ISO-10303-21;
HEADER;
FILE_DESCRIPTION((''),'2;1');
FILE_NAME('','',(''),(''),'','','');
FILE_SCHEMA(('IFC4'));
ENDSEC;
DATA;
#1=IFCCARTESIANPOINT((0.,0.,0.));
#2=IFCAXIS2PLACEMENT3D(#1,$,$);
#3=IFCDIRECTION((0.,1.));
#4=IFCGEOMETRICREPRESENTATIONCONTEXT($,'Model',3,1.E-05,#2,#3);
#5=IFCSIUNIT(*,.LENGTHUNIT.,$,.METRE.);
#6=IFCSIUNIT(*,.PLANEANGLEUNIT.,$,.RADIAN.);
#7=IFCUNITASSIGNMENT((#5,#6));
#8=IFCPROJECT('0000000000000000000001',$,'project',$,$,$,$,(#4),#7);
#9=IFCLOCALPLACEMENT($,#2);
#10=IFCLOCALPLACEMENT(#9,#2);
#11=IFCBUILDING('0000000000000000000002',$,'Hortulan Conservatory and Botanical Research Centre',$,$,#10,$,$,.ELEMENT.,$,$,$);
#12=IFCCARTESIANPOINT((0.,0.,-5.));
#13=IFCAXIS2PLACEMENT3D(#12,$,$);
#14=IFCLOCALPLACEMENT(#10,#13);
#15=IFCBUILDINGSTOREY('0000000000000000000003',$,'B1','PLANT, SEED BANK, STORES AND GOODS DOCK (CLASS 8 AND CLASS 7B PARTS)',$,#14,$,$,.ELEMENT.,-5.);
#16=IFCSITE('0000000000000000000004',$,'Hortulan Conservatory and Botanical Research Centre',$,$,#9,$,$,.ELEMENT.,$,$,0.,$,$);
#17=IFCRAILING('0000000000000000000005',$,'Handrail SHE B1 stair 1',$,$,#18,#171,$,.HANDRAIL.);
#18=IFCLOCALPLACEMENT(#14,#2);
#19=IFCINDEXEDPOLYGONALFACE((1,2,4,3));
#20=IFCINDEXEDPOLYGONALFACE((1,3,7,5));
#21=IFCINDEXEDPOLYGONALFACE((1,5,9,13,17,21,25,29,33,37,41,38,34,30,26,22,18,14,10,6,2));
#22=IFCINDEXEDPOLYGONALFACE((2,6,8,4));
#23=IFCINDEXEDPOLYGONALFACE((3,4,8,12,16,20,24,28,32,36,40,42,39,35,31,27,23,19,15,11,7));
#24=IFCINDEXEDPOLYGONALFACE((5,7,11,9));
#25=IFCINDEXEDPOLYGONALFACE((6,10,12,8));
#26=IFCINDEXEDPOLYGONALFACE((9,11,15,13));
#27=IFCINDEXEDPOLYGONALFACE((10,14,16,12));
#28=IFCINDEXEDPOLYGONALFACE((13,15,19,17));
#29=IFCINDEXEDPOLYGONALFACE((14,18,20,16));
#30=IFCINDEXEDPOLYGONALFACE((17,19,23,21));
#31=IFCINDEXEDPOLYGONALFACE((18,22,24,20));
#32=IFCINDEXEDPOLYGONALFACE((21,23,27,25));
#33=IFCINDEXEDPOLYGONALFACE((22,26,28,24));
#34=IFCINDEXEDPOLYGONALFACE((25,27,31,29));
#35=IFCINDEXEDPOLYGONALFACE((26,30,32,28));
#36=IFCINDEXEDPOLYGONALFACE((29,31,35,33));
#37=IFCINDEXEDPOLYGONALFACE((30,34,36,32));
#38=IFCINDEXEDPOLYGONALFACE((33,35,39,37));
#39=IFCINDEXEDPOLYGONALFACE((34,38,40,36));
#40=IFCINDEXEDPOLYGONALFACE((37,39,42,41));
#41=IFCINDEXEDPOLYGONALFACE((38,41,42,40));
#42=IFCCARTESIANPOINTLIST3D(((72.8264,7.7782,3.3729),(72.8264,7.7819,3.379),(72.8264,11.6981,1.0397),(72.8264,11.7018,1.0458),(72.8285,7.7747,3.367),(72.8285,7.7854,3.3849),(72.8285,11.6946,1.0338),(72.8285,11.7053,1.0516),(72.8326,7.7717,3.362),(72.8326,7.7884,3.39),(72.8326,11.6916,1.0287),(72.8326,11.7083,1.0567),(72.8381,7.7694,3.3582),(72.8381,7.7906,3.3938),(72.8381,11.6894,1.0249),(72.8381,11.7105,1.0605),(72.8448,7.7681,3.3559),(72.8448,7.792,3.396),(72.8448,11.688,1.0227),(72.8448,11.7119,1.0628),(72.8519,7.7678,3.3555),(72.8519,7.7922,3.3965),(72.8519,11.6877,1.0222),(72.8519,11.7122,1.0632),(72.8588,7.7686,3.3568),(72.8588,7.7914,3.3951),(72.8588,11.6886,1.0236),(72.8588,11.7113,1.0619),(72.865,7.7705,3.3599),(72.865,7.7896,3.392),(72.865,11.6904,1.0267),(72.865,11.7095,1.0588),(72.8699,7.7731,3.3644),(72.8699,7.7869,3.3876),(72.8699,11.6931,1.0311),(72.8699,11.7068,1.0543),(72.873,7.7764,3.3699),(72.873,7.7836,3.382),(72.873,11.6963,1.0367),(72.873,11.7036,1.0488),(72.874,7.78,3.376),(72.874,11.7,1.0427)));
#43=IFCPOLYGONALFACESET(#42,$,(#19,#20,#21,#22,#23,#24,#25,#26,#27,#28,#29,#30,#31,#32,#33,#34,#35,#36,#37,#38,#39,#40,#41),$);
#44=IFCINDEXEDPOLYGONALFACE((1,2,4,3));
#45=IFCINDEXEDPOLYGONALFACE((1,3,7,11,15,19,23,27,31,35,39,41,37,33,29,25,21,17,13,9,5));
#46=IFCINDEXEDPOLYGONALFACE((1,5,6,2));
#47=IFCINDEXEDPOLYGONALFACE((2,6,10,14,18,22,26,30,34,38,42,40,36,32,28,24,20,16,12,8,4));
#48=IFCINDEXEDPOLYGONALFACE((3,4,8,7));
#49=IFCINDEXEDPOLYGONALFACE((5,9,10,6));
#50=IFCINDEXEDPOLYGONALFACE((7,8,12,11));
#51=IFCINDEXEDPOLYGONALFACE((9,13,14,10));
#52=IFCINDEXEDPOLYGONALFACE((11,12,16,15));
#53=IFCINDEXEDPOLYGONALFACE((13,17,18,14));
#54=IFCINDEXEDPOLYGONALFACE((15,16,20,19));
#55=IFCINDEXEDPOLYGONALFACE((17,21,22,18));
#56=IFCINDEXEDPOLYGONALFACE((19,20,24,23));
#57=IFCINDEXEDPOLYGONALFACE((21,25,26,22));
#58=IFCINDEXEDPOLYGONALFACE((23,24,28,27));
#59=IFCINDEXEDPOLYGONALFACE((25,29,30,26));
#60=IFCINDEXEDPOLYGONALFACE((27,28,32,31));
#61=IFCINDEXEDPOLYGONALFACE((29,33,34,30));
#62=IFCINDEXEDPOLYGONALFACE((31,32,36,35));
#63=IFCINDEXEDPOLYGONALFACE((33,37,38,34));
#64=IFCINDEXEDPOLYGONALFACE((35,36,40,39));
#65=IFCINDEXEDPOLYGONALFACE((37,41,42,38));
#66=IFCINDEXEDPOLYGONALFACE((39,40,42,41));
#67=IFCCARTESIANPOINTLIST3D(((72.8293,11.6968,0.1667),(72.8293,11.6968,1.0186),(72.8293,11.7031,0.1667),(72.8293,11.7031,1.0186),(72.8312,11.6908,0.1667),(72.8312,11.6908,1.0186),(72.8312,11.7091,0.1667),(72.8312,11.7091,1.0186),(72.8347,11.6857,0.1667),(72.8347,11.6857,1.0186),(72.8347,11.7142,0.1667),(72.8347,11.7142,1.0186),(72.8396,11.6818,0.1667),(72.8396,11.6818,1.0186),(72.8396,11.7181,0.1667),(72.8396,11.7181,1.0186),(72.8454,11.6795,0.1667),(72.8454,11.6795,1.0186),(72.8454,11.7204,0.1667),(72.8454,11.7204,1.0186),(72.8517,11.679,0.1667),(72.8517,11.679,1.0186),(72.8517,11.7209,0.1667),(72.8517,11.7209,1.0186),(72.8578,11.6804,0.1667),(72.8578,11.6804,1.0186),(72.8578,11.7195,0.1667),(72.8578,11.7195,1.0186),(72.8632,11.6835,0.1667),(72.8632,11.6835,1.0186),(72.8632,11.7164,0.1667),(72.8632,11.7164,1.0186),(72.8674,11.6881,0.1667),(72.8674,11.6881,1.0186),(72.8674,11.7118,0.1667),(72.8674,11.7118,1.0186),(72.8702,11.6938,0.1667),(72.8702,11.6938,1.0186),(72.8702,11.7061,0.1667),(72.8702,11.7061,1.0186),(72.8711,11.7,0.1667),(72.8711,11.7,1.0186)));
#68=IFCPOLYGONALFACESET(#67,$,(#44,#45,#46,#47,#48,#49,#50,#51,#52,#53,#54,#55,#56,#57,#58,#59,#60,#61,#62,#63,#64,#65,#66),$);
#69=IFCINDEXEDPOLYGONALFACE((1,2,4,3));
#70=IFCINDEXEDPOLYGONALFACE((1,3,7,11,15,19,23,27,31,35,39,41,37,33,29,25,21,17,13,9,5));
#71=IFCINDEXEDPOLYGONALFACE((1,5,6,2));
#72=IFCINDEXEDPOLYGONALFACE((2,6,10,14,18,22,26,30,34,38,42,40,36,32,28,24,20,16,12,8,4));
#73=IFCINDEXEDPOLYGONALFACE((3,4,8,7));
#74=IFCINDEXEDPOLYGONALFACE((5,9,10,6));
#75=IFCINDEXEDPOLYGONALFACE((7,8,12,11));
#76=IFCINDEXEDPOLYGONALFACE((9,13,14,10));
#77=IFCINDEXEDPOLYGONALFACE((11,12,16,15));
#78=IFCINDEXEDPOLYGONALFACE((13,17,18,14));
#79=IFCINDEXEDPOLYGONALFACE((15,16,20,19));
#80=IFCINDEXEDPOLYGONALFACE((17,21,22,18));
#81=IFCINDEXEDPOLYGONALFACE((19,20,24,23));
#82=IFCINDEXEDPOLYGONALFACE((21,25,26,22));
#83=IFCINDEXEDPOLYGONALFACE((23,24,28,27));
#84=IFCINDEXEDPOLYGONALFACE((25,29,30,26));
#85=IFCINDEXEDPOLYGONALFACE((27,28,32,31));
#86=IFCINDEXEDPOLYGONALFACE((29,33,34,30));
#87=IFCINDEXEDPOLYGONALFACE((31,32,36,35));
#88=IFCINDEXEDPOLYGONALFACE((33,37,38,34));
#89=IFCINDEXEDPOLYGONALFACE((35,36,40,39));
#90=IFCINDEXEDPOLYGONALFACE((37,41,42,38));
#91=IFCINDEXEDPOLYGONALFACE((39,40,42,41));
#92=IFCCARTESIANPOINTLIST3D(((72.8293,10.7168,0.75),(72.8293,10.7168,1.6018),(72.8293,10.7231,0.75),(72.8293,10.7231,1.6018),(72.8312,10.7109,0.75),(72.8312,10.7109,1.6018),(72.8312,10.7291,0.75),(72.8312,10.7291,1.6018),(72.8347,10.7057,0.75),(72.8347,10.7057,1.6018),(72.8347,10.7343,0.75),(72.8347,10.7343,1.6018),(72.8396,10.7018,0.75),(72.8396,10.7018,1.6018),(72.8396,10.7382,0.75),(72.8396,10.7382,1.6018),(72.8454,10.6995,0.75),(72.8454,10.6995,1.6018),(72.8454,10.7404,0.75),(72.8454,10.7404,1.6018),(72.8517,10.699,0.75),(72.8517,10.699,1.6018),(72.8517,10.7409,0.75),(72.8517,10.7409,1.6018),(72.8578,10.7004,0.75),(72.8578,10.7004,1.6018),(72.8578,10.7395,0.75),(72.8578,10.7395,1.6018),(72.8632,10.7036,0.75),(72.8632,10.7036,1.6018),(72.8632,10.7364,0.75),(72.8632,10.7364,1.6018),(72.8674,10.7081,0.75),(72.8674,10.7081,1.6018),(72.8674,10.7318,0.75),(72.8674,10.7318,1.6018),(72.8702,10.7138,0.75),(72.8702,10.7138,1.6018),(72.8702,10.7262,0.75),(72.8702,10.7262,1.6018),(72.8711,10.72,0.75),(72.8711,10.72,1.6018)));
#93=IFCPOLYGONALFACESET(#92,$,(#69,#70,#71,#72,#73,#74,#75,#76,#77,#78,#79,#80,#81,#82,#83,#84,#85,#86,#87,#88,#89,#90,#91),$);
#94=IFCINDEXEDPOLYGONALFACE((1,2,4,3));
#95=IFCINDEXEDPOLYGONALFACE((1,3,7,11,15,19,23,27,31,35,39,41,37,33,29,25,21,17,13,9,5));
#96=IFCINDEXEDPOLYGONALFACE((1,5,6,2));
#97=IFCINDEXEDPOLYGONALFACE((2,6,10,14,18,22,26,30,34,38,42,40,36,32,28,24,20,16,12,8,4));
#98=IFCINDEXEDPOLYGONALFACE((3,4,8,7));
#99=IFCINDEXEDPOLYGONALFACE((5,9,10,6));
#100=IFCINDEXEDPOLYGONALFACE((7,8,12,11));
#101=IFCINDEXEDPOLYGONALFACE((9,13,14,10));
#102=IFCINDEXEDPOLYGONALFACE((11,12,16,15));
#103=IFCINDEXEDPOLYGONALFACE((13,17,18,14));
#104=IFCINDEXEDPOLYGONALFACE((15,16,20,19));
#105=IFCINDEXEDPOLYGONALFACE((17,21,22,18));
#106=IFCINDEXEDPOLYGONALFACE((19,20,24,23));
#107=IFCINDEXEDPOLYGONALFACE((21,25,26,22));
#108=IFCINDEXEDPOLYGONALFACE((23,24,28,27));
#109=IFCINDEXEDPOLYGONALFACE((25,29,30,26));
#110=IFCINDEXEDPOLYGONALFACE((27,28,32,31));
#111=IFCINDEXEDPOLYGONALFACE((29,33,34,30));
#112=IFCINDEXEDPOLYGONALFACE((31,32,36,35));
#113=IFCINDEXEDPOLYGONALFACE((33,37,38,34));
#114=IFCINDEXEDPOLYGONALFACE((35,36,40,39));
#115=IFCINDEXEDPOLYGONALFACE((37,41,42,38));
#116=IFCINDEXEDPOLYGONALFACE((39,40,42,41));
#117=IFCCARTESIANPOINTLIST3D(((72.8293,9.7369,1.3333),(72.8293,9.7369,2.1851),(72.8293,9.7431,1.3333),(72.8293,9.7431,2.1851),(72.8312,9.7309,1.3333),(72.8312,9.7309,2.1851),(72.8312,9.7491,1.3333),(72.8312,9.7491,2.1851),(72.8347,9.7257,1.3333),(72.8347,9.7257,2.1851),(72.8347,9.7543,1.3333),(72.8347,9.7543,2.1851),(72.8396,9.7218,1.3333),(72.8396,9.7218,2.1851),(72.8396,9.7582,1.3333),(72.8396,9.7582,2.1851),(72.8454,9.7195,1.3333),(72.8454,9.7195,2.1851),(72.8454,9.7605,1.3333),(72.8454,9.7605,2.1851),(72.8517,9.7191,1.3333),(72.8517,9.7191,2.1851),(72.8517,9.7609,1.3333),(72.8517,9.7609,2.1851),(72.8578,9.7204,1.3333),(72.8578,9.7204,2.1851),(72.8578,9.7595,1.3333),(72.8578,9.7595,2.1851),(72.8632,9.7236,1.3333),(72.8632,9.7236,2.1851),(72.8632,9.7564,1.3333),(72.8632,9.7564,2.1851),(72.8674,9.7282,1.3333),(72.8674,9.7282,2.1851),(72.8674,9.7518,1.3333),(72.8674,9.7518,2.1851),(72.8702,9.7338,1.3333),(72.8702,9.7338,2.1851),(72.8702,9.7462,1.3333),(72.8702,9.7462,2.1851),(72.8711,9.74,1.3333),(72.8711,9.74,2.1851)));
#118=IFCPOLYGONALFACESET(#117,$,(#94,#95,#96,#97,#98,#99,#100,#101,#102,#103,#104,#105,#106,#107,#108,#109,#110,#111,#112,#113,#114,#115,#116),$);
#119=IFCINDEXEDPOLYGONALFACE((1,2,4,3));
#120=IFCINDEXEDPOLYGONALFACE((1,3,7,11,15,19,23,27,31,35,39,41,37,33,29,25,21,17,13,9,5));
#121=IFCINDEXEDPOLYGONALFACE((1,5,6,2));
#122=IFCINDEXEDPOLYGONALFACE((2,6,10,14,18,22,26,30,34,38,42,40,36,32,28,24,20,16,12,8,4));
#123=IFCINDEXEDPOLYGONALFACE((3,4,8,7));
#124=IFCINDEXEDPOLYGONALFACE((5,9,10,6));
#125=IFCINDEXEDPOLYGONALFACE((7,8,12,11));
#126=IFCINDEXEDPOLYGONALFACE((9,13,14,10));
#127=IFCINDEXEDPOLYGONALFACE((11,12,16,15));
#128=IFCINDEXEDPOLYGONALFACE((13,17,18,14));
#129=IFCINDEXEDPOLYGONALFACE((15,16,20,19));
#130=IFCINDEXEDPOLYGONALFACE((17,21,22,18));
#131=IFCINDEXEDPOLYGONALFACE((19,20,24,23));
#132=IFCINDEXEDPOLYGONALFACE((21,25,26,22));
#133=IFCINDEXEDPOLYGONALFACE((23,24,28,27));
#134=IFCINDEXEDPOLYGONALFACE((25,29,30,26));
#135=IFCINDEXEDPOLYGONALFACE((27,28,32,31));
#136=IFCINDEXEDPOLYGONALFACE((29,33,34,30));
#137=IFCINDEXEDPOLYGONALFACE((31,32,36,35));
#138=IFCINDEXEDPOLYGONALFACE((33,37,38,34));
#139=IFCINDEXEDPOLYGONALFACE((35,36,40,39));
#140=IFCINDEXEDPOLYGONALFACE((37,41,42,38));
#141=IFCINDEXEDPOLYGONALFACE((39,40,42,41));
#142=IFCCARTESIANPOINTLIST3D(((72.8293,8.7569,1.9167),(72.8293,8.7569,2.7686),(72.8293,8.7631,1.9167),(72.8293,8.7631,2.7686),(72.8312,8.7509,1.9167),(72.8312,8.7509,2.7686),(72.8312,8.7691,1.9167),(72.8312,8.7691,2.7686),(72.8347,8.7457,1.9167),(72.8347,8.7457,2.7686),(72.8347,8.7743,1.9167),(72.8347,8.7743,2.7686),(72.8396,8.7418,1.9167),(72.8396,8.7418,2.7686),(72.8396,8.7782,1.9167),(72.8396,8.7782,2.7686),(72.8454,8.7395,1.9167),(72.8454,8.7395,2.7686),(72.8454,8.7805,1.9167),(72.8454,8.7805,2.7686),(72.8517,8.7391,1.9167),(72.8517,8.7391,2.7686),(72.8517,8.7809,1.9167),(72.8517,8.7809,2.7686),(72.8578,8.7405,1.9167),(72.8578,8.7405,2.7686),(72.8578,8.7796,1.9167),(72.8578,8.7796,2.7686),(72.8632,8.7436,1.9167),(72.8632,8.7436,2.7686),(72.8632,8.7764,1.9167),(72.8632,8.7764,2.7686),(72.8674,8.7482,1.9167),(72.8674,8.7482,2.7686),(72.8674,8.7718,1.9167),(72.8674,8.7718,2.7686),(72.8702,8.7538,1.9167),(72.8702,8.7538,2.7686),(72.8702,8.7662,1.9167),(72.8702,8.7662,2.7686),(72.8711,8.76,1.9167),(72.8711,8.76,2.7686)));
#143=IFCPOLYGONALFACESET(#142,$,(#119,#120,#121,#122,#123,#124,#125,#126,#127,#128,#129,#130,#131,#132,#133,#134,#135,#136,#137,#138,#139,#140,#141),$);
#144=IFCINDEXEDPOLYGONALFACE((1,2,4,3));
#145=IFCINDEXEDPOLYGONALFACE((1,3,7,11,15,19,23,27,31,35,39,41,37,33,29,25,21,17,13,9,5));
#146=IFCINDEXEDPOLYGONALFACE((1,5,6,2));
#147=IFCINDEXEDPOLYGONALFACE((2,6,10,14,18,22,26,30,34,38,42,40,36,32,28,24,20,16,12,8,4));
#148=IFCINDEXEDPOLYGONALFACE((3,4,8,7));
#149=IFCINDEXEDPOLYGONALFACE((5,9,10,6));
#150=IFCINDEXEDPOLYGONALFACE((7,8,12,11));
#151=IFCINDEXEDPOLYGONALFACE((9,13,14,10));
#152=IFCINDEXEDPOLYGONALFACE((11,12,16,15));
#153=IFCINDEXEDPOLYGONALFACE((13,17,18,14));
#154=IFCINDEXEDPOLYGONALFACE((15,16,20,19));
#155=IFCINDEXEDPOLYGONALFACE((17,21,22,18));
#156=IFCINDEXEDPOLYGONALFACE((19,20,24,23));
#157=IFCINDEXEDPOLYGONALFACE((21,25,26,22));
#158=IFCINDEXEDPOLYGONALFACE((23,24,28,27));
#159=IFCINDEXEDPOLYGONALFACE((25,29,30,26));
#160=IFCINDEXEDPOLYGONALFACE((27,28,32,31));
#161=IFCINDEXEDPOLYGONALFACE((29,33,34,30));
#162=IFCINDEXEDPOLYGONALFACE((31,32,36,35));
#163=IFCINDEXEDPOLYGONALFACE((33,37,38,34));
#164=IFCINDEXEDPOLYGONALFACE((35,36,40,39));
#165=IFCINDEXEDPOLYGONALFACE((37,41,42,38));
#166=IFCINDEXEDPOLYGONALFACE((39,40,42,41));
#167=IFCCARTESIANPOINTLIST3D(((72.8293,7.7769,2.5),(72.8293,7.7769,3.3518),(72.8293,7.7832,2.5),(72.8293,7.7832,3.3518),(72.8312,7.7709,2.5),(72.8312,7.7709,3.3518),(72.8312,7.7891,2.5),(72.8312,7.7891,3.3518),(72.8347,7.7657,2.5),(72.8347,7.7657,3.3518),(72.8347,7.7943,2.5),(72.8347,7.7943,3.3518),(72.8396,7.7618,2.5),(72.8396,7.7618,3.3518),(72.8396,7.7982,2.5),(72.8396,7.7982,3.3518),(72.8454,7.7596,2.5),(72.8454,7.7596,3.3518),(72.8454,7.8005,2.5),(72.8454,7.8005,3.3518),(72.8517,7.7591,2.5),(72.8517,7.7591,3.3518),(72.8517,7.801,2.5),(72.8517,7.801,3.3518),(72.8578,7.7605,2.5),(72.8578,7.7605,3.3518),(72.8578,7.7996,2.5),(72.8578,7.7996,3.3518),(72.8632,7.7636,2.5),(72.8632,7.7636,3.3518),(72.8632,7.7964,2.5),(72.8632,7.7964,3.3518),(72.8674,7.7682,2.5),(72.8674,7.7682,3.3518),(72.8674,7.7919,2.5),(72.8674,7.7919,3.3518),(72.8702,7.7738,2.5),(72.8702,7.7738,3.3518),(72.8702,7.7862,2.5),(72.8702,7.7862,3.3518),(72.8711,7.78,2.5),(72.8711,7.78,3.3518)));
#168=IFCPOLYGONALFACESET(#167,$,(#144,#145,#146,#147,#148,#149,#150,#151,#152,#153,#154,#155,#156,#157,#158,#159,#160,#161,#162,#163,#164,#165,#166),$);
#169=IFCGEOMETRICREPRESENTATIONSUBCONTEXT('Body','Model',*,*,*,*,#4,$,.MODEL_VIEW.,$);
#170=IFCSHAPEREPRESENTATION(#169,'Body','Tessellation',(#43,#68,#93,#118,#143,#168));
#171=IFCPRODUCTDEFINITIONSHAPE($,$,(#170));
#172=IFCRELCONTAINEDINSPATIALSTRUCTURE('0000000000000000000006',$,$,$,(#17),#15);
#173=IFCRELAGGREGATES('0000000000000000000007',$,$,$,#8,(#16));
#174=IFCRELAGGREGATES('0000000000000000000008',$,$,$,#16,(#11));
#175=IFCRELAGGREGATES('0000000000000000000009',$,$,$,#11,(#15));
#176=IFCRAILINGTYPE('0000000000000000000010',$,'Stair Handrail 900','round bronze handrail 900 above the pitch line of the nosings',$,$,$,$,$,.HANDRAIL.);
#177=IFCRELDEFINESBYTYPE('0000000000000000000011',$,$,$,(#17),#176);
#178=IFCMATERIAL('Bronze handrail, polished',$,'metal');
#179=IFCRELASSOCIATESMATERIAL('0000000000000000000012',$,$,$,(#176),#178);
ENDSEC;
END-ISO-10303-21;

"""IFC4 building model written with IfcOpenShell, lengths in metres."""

from ifc_helpers import new_model, si_unit, direction, frame, origin, origin_2d, place, context, subcontext, project, spatial, circle, extrude, material, type_object, element, save


model = new_model("IFC4")

# Units and contexts
model_context = context("Model", 3, precision=1e-05, world=origin(), true_north=direction((0.0, 1.0)))
body_context = subcontext(model_context, "Body", "Model", "MODEL_VIEW")
ifc_project = project(units=[si_unit("LENGTHUNIT", "METRE"), si_unit("PLANEANGLEUNIT", "RADIAN")], contexts=[model_context])

# Site, building, storey
site_placement = place(None, origin())
site = spatial("IfcSite", under=ifc_project, at=site_placement, Name="Hortulan Conservatory and Botanical Research Centre", CompositionType="ELEMENT", RefElevation=0.0)
building_placement = place(site_placement, origin())
building = spatial("IfcBuilding", under=site, at=building_placement, Name="Hortulan Conservatory and Botanical Research Centre", CompositionType="ELEMENT")
storey_placement = place(building_placement, frame((0.0, 0.0, -5.0)))
storey = spatial("IfcBuildingStorey", under=building, at=storey_placement, Name="B1", Description="PLANT, SEED BANK, STORES AND GOODS DOCK (CLASS 8 AND CLASS 7B PARTS)", CompositionType="ELEMENT", Elevation=-5.0)

# Railing
ifc_material_1 = material(Name="Bronze handrail, polished", Category="metal")
railing_type_1 = type_object("IfcRailingType", Name="Stair Handrail 900", Description="round bronze handrail 900 above the pitch line of the nosings", PredefinedType="HANDRAIL", material=ifc_material_1)
for number, where, name in (
    (1, (72.8501, 11.7, 0.1667), "Handrail SHE B1 stair 1"),
):
    element("IfcRailing", number, at=place(storey_placement, frame(where)), inside=storey, type_object=railing_type_1, Name=name, PredefinedType="HANDRAIL", context=body_context, shape_type="SweptSolid", body=[
        extrude(circle(Radius=0.0239, at=origin_2d()), frame((0.0, 0.0, 0.876), z_axis=(0.0, -0.859296, 0.511478), x_axis=(1.0, 0.0, 0.0)), (0.0, 0.0, 1.0), 4.5618),
        extrude(circle(Radius=0.021, at=origin_2d()), origin(), (0.0, 0.0, 1.0), 0.8518),
        extrude(circle(Radius=0.021, at=origin_2d()), frame((0.0, -0.98, 0.5833)), (0.0, 0.0, 1.0), 0.8518),
        extrude(circle(Radius=0.021, at=origin_2d()), frame((0.0, -1.96, 1.1665)), (0.0, 0.0, 1.0), 0.8518),
        extrude(circle(Radius=0.021, at=origin_2d()), frame((0.0, -2.9399, 1.75)), (0.0, 0.0, 1.0), 0.8518),
        extrude(circle(Radius=0.021, at=origin_2d()), frame((0.0, -3.9199, 2.3333)), (0.0, 0.0, 1.0), 0.8518),
    ])

save(model, "model.ifc")
